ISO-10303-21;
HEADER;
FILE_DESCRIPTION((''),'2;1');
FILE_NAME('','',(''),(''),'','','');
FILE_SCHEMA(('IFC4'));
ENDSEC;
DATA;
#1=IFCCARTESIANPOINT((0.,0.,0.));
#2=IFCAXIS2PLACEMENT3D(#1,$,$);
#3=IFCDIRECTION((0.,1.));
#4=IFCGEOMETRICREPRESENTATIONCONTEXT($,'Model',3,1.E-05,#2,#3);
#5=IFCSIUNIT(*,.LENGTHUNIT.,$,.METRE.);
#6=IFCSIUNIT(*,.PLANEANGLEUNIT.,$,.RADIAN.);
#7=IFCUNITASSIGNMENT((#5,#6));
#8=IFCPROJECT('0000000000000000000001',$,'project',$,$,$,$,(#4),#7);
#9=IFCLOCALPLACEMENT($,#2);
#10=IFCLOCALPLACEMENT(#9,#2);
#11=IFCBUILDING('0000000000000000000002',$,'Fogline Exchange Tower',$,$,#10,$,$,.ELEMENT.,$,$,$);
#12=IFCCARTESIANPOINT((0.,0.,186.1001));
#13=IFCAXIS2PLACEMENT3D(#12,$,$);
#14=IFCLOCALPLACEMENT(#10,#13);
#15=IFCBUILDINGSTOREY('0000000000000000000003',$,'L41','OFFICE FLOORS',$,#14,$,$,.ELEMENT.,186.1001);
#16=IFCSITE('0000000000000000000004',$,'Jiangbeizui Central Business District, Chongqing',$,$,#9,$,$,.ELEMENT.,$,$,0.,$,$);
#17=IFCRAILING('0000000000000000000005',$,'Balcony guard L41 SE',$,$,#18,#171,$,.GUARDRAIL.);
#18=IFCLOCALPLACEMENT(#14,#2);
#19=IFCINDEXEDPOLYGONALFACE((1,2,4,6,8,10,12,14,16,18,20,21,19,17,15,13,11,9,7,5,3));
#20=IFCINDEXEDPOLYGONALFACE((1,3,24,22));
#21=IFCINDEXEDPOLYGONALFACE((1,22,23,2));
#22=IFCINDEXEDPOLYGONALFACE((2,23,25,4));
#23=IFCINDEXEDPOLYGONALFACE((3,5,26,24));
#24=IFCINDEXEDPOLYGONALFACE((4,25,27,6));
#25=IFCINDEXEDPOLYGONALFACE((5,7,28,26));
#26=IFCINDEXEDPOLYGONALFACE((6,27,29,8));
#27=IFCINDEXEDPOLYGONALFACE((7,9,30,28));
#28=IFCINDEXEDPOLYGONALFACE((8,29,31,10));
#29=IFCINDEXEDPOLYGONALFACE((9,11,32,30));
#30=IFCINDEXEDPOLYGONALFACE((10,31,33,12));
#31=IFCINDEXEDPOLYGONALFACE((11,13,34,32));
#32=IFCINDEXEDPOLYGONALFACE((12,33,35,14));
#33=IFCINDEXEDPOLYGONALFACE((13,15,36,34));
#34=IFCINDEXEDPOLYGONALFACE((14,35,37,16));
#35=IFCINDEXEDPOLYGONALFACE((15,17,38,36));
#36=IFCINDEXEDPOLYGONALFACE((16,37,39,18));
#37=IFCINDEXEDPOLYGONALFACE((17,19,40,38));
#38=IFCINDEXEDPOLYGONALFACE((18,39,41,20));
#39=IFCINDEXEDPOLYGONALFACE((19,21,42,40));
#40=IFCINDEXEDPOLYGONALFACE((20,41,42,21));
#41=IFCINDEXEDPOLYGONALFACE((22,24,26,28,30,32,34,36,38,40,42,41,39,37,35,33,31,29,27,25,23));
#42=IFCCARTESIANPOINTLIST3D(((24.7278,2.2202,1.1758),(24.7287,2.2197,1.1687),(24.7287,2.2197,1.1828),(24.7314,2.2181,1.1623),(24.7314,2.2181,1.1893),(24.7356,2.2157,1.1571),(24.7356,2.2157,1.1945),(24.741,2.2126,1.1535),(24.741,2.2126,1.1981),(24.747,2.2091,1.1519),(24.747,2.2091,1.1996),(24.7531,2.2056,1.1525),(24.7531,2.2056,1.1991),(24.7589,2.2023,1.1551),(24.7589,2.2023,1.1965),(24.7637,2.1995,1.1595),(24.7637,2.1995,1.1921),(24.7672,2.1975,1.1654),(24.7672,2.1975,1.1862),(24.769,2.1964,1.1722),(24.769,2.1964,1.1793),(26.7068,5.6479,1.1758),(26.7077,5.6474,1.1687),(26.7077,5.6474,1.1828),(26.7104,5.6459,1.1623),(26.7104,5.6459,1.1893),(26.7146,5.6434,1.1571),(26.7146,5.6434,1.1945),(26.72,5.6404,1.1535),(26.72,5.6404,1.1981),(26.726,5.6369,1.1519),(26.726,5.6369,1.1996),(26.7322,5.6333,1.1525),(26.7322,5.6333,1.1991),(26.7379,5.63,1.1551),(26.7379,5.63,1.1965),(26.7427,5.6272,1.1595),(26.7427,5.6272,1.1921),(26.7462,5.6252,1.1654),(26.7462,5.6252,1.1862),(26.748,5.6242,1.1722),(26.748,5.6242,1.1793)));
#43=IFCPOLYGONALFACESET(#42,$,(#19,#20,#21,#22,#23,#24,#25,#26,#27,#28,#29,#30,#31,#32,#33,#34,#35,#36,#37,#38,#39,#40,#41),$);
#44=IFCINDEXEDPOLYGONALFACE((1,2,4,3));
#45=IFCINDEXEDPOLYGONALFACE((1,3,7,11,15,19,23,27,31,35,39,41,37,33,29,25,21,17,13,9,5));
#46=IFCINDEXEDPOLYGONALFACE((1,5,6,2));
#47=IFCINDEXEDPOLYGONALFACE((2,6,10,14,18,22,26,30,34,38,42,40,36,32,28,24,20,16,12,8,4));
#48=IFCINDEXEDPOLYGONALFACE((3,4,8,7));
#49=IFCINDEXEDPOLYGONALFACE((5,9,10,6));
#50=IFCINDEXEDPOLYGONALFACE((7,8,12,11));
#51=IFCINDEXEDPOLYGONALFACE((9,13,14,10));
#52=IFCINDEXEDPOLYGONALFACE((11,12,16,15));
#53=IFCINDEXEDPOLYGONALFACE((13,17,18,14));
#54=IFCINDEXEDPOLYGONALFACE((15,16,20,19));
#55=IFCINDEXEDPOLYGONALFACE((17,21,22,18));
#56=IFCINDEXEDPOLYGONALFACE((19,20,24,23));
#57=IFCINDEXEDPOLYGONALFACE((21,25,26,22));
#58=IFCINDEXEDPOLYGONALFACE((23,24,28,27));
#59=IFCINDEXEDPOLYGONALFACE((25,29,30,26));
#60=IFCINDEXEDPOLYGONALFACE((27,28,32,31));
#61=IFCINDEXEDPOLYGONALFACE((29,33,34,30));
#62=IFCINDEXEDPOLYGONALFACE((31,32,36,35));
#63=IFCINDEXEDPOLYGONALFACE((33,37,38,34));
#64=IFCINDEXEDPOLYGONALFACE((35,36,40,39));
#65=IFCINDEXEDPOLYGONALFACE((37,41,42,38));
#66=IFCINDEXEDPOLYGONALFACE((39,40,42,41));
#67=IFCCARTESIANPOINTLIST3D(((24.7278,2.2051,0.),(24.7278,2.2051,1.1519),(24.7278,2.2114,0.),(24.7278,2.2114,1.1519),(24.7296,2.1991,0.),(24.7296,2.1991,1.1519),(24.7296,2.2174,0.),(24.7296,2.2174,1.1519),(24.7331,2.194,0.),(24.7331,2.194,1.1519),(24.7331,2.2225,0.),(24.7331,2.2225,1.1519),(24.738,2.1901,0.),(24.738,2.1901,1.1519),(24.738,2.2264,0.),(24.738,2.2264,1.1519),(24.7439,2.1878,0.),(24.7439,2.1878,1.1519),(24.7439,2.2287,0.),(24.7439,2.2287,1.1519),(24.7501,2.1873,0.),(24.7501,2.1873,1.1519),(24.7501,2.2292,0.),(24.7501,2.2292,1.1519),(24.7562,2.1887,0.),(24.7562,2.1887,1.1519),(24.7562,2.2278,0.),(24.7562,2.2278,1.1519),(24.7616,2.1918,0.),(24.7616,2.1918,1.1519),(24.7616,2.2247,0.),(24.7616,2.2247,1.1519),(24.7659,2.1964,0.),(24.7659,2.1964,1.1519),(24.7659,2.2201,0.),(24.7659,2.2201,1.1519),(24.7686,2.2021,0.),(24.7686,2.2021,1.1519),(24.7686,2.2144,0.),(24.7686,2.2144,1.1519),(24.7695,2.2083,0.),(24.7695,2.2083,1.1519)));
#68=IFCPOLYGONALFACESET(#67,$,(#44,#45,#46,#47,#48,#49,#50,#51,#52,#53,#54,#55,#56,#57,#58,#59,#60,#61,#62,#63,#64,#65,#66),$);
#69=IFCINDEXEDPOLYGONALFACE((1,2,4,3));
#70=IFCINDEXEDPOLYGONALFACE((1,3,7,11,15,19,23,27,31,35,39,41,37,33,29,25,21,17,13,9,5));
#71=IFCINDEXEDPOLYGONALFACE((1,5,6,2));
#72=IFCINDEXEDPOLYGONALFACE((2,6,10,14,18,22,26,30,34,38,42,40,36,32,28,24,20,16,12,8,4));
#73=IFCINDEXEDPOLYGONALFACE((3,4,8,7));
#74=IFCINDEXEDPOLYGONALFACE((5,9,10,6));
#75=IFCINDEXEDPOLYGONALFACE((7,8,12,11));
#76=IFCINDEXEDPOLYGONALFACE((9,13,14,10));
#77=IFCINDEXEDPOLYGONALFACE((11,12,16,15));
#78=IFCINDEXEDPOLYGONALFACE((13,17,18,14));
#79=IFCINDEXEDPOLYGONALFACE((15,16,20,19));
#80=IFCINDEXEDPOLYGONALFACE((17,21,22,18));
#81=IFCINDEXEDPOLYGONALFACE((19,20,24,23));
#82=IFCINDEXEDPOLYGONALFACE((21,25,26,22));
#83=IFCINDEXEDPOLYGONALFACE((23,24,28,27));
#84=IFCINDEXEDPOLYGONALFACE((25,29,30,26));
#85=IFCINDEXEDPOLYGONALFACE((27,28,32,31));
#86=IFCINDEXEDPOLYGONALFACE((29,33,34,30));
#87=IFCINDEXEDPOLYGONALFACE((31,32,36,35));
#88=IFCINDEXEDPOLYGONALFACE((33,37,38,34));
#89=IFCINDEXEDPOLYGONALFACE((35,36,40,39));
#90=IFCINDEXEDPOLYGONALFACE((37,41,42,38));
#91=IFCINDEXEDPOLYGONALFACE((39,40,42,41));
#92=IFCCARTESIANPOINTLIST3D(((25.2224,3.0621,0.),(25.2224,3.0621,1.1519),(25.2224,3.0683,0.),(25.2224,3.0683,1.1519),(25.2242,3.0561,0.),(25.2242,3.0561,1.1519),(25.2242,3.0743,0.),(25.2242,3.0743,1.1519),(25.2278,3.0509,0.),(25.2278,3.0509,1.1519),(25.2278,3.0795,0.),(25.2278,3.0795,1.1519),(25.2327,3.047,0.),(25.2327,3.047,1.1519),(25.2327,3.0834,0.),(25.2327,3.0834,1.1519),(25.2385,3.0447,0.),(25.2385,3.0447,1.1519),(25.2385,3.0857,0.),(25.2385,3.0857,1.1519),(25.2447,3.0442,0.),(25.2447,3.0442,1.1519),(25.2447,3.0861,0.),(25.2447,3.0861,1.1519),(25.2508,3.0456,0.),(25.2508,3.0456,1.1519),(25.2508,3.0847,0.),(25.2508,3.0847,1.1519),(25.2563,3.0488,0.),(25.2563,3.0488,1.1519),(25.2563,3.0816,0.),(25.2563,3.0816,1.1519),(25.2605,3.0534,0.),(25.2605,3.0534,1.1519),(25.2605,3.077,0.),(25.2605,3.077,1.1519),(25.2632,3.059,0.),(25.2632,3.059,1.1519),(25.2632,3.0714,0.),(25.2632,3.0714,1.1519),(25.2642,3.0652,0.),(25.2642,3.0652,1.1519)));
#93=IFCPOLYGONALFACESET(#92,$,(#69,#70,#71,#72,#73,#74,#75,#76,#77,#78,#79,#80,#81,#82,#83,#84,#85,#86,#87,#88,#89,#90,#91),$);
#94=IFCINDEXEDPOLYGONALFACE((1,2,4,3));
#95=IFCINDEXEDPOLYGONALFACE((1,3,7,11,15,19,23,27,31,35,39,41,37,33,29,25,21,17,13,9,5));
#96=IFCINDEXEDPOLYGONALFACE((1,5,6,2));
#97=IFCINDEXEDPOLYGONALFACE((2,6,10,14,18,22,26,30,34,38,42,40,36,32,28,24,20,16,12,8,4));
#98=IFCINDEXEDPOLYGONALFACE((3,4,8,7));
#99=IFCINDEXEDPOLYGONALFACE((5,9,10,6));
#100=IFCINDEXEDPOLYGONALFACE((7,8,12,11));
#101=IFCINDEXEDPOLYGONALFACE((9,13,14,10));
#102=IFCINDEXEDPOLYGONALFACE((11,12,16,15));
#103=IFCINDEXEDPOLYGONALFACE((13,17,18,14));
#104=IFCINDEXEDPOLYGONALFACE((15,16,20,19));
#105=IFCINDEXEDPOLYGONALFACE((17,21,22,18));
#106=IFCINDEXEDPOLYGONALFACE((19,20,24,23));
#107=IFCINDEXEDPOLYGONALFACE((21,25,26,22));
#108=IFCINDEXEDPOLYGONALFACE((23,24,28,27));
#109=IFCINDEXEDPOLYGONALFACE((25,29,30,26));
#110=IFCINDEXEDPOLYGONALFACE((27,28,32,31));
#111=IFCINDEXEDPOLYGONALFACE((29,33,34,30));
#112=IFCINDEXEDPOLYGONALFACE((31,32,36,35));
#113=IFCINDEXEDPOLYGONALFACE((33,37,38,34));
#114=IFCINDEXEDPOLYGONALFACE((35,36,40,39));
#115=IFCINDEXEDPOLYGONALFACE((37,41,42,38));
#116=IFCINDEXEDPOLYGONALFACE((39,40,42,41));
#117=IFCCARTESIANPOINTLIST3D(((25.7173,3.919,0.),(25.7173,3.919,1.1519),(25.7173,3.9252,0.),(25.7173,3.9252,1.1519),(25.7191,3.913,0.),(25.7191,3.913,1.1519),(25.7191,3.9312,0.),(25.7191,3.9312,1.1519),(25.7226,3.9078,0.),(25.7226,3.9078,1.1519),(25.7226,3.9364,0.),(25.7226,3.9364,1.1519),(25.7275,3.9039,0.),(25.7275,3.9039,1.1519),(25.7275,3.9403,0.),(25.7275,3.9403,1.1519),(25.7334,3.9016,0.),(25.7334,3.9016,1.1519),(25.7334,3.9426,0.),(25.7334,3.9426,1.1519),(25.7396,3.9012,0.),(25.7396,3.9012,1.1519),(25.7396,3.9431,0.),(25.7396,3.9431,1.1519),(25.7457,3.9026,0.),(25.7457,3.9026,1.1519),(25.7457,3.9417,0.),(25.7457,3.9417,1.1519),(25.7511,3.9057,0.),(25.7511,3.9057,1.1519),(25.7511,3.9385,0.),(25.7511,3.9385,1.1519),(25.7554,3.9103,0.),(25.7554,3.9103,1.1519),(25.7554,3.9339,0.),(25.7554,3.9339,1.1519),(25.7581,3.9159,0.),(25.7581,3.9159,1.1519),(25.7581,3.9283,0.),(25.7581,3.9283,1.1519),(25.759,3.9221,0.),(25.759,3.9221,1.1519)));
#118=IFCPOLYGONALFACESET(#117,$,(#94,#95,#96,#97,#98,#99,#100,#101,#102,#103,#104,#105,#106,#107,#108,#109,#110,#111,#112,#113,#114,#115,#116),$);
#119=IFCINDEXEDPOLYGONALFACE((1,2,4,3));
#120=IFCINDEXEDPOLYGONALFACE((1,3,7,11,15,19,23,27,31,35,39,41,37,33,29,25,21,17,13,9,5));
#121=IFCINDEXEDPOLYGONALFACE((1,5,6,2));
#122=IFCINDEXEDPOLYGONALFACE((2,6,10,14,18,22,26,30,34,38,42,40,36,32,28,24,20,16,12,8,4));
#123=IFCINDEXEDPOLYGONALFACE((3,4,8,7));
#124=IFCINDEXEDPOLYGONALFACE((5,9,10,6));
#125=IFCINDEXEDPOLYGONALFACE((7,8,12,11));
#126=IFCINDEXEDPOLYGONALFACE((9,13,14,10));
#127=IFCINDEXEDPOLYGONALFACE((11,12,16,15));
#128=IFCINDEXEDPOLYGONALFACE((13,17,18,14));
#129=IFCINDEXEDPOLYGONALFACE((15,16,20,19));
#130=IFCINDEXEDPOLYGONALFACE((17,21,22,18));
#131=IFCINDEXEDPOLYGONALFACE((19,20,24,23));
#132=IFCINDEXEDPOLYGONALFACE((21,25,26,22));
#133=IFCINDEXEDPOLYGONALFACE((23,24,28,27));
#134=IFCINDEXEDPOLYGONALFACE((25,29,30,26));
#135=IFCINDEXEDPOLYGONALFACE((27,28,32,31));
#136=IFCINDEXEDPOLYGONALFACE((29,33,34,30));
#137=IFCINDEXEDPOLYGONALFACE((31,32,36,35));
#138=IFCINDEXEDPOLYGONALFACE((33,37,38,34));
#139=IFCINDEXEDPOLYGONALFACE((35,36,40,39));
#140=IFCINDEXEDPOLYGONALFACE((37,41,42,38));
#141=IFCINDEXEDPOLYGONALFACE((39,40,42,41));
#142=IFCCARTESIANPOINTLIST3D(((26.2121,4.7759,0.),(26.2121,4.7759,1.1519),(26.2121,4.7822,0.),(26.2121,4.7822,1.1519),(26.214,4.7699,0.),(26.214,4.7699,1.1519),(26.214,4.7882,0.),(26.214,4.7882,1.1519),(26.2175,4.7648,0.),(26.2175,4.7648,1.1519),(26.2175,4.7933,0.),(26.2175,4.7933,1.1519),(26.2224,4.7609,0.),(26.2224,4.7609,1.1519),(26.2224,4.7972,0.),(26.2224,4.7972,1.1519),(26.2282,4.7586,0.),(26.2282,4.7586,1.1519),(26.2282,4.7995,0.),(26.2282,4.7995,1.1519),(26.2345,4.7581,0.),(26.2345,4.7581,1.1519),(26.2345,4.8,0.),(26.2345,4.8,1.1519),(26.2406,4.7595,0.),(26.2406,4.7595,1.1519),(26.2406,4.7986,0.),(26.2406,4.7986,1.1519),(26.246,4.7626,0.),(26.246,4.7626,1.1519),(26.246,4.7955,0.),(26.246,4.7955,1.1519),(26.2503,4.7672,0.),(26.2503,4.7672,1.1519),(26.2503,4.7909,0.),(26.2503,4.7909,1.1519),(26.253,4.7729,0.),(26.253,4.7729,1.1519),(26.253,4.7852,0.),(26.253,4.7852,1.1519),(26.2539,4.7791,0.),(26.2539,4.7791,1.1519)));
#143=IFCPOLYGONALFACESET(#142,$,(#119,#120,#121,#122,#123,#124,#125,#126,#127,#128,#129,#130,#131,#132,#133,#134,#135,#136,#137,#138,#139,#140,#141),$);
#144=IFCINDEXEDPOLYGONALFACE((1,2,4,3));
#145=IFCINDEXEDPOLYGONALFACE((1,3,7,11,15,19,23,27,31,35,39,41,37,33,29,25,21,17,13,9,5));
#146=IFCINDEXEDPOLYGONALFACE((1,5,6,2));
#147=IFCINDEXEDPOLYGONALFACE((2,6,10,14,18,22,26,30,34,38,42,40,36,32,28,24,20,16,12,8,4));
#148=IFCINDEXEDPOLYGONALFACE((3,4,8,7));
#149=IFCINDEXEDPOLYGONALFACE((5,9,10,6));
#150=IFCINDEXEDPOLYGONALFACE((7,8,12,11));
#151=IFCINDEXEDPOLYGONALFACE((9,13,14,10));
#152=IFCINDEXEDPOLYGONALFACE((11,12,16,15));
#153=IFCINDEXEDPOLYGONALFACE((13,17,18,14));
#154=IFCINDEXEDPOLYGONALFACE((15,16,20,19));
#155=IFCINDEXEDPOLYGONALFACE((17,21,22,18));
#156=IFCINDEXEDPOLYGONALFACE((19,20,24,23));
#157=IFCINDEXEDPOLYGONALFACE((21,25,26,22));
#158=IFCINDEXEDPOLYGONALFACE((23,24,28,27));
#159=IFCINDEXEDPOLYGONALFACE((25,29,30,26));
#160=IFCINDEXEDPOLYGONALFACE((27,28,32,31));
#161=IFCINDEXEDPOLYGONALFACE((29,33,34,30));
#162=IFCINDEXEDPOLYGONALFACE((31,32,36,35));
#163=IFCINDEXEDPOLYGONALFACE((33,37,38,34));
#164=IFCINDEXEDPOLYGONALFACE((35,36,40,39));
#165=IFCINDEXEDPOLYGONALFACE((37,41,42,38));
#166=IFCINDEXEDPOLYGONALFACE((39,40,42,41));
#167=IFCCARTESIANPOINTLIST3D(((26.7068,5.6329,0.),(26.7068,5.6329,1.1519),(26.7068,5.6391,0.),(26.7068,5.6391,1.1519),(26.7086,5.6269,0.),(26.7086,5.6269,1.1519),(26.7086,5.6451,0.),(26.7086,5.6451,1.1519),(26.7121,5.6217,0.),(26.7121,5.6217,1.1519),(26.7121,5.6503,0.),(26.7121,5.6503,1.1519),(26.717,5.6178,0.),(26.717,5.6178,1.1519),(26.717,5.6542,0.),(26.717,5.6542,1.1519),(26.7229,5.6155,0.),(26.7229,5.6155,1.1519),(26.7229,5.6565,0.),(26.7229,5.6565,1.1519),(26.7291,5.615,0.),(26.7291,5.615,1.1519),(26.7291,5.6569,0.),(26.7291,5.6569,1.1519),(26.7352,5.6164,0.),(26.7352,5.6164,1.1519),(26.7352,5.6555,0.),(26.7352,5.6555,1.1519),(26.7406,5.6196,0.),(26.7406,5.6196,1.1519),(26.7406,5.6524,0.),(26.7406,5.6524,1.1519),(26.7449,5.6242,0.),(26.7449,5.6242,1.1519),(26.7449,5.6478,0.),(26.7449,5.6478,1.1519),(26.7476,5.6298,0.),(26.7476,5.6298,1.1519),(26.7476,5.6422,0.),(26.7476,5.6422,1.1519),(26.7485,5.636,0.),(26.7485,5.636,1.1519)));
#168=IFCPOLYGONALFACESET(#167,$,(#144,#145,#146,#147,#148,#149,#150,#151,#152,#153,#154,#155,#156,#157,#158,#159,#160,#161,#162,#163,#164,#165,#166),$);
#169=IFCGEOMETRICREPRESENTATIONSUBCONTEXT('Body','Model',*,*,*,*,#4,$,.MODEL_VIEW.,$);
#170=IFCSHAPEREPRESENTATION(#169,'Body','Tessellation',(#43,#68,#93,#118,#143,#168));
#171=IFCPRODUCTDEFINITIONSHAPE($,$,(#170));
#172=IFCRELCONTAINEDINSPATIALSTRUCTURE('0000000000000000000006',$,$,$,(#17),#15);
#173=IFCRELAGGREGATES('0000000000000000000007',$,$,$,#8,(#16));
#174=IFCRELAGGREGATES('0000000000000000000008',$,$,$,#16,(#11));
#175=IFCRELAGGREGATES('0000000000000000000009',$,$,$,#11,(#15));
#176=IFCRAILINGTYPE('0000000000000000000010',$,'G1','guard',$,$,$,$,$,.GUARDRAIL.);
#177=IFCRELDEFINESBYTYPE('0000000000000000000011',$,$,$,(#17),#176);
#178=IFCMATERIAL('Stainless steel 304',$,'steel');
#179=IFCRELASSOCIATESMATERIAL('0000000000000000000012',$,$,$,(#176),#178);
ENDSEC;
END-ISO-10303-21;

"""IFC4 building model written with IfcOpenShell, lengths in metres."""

from ifc_helpers import new_model, si_unit, direction, frame, origin, origin_2d, place, context, subcontext, project, spatial, circle, extrude, material, type_object, element, save


model = new_model("IFC4")

# Units and contexts
model_context = context("Model", 3, precision=1e-05, world=origin(), true_north=direction((0.0, 1.0)))
body_context = subcontext(model_context, "Body", "Model", "MODEL_VIEW")
ifc_project = project(units=[si_unit("LENGTHUNIT", "METRE"), si_unit("PLANEANGLEUNIT", "RADIAN")], contexts=[model_context])

# Site, building, storey
site_placement = place(None, origin())
site = spatial("IfcSite", under=ifc_project, at=site_placement, Name="Jiangbeizui Central Business District, Chongqing", CompositionType="ELEMENT", RefElevation=0.0)
building_placement = place(site_placement, origin())
building = spatial("IfcBuilding", under=site, at=building_placement, Name="Fogline Exchange Tower", CompositionType="ELEMENT")
storey_placement = place(building_placement, frame((0.0, 0.0, 186.1001)))
storey = spatial("IfcBuildingStorey", under=building, at=storey_placement, Name="L41", Description="OFFICE FLOORS", CompositionType="ELEMENT", Elevation=186.1001)

# Railing
ifc_material_1 = material(Name="Stainless steel 304", Category="steel")
railing_type = type_object("IfcRailingType", Name="G1", Description="guard", PredefinedType="GUARDRAIL", material=ifc_material_1)
railing_placement = place(storey_placement, frame((24.7485, 2.2083, 0.0)))
element("IfcRailing", 1, at=railing_placement, inside=storey, type_object=railing_type, Name="Balcony guard L41 SE", PredefinedType="GUARDRAIL", context=body_context, shape_type="SweptSolid", body=[
    extrude(circle(Radius=0.0239, at=origin_2d()), frame((0.0, 0.0, 1.1758), z_axis=(0.5, 0.866025, 0.0), x_axis=(-0.866025, 0.5, 0.0)), (0.0, 0.0, 1.0), 3.958),
    extrude(circle(Radius=0.021, at=origin_2d()), origin(), (0.0, 0.0, 1.0), 1.1519),
    extrude(circle(Radius=0.021, at=origin_2d()), frame((0.4946, 0.8569, 0.0)), (0.0, 0.0, 1.0), 1.1519),
    extrude(circle(Radius=0.021, at=origin_2d()), frame((0.9895, 1.7139, 0.0)), (0.0, 0.0, 1.0), 1.1519),
    extrude(circle(Radius=0.021, at=origin_2d()), frame((1.4844, 2.5708, 0.0)), (0.0, 0.0, 1.0), 1.1519),
    extrude(circle(Radius=0.021, at=origin_2d()), frame((1.979, 3.4277, 0.0)), (0.0, 0.0, 1.0), 1.1519),
])

save(model, "model.ifc")
